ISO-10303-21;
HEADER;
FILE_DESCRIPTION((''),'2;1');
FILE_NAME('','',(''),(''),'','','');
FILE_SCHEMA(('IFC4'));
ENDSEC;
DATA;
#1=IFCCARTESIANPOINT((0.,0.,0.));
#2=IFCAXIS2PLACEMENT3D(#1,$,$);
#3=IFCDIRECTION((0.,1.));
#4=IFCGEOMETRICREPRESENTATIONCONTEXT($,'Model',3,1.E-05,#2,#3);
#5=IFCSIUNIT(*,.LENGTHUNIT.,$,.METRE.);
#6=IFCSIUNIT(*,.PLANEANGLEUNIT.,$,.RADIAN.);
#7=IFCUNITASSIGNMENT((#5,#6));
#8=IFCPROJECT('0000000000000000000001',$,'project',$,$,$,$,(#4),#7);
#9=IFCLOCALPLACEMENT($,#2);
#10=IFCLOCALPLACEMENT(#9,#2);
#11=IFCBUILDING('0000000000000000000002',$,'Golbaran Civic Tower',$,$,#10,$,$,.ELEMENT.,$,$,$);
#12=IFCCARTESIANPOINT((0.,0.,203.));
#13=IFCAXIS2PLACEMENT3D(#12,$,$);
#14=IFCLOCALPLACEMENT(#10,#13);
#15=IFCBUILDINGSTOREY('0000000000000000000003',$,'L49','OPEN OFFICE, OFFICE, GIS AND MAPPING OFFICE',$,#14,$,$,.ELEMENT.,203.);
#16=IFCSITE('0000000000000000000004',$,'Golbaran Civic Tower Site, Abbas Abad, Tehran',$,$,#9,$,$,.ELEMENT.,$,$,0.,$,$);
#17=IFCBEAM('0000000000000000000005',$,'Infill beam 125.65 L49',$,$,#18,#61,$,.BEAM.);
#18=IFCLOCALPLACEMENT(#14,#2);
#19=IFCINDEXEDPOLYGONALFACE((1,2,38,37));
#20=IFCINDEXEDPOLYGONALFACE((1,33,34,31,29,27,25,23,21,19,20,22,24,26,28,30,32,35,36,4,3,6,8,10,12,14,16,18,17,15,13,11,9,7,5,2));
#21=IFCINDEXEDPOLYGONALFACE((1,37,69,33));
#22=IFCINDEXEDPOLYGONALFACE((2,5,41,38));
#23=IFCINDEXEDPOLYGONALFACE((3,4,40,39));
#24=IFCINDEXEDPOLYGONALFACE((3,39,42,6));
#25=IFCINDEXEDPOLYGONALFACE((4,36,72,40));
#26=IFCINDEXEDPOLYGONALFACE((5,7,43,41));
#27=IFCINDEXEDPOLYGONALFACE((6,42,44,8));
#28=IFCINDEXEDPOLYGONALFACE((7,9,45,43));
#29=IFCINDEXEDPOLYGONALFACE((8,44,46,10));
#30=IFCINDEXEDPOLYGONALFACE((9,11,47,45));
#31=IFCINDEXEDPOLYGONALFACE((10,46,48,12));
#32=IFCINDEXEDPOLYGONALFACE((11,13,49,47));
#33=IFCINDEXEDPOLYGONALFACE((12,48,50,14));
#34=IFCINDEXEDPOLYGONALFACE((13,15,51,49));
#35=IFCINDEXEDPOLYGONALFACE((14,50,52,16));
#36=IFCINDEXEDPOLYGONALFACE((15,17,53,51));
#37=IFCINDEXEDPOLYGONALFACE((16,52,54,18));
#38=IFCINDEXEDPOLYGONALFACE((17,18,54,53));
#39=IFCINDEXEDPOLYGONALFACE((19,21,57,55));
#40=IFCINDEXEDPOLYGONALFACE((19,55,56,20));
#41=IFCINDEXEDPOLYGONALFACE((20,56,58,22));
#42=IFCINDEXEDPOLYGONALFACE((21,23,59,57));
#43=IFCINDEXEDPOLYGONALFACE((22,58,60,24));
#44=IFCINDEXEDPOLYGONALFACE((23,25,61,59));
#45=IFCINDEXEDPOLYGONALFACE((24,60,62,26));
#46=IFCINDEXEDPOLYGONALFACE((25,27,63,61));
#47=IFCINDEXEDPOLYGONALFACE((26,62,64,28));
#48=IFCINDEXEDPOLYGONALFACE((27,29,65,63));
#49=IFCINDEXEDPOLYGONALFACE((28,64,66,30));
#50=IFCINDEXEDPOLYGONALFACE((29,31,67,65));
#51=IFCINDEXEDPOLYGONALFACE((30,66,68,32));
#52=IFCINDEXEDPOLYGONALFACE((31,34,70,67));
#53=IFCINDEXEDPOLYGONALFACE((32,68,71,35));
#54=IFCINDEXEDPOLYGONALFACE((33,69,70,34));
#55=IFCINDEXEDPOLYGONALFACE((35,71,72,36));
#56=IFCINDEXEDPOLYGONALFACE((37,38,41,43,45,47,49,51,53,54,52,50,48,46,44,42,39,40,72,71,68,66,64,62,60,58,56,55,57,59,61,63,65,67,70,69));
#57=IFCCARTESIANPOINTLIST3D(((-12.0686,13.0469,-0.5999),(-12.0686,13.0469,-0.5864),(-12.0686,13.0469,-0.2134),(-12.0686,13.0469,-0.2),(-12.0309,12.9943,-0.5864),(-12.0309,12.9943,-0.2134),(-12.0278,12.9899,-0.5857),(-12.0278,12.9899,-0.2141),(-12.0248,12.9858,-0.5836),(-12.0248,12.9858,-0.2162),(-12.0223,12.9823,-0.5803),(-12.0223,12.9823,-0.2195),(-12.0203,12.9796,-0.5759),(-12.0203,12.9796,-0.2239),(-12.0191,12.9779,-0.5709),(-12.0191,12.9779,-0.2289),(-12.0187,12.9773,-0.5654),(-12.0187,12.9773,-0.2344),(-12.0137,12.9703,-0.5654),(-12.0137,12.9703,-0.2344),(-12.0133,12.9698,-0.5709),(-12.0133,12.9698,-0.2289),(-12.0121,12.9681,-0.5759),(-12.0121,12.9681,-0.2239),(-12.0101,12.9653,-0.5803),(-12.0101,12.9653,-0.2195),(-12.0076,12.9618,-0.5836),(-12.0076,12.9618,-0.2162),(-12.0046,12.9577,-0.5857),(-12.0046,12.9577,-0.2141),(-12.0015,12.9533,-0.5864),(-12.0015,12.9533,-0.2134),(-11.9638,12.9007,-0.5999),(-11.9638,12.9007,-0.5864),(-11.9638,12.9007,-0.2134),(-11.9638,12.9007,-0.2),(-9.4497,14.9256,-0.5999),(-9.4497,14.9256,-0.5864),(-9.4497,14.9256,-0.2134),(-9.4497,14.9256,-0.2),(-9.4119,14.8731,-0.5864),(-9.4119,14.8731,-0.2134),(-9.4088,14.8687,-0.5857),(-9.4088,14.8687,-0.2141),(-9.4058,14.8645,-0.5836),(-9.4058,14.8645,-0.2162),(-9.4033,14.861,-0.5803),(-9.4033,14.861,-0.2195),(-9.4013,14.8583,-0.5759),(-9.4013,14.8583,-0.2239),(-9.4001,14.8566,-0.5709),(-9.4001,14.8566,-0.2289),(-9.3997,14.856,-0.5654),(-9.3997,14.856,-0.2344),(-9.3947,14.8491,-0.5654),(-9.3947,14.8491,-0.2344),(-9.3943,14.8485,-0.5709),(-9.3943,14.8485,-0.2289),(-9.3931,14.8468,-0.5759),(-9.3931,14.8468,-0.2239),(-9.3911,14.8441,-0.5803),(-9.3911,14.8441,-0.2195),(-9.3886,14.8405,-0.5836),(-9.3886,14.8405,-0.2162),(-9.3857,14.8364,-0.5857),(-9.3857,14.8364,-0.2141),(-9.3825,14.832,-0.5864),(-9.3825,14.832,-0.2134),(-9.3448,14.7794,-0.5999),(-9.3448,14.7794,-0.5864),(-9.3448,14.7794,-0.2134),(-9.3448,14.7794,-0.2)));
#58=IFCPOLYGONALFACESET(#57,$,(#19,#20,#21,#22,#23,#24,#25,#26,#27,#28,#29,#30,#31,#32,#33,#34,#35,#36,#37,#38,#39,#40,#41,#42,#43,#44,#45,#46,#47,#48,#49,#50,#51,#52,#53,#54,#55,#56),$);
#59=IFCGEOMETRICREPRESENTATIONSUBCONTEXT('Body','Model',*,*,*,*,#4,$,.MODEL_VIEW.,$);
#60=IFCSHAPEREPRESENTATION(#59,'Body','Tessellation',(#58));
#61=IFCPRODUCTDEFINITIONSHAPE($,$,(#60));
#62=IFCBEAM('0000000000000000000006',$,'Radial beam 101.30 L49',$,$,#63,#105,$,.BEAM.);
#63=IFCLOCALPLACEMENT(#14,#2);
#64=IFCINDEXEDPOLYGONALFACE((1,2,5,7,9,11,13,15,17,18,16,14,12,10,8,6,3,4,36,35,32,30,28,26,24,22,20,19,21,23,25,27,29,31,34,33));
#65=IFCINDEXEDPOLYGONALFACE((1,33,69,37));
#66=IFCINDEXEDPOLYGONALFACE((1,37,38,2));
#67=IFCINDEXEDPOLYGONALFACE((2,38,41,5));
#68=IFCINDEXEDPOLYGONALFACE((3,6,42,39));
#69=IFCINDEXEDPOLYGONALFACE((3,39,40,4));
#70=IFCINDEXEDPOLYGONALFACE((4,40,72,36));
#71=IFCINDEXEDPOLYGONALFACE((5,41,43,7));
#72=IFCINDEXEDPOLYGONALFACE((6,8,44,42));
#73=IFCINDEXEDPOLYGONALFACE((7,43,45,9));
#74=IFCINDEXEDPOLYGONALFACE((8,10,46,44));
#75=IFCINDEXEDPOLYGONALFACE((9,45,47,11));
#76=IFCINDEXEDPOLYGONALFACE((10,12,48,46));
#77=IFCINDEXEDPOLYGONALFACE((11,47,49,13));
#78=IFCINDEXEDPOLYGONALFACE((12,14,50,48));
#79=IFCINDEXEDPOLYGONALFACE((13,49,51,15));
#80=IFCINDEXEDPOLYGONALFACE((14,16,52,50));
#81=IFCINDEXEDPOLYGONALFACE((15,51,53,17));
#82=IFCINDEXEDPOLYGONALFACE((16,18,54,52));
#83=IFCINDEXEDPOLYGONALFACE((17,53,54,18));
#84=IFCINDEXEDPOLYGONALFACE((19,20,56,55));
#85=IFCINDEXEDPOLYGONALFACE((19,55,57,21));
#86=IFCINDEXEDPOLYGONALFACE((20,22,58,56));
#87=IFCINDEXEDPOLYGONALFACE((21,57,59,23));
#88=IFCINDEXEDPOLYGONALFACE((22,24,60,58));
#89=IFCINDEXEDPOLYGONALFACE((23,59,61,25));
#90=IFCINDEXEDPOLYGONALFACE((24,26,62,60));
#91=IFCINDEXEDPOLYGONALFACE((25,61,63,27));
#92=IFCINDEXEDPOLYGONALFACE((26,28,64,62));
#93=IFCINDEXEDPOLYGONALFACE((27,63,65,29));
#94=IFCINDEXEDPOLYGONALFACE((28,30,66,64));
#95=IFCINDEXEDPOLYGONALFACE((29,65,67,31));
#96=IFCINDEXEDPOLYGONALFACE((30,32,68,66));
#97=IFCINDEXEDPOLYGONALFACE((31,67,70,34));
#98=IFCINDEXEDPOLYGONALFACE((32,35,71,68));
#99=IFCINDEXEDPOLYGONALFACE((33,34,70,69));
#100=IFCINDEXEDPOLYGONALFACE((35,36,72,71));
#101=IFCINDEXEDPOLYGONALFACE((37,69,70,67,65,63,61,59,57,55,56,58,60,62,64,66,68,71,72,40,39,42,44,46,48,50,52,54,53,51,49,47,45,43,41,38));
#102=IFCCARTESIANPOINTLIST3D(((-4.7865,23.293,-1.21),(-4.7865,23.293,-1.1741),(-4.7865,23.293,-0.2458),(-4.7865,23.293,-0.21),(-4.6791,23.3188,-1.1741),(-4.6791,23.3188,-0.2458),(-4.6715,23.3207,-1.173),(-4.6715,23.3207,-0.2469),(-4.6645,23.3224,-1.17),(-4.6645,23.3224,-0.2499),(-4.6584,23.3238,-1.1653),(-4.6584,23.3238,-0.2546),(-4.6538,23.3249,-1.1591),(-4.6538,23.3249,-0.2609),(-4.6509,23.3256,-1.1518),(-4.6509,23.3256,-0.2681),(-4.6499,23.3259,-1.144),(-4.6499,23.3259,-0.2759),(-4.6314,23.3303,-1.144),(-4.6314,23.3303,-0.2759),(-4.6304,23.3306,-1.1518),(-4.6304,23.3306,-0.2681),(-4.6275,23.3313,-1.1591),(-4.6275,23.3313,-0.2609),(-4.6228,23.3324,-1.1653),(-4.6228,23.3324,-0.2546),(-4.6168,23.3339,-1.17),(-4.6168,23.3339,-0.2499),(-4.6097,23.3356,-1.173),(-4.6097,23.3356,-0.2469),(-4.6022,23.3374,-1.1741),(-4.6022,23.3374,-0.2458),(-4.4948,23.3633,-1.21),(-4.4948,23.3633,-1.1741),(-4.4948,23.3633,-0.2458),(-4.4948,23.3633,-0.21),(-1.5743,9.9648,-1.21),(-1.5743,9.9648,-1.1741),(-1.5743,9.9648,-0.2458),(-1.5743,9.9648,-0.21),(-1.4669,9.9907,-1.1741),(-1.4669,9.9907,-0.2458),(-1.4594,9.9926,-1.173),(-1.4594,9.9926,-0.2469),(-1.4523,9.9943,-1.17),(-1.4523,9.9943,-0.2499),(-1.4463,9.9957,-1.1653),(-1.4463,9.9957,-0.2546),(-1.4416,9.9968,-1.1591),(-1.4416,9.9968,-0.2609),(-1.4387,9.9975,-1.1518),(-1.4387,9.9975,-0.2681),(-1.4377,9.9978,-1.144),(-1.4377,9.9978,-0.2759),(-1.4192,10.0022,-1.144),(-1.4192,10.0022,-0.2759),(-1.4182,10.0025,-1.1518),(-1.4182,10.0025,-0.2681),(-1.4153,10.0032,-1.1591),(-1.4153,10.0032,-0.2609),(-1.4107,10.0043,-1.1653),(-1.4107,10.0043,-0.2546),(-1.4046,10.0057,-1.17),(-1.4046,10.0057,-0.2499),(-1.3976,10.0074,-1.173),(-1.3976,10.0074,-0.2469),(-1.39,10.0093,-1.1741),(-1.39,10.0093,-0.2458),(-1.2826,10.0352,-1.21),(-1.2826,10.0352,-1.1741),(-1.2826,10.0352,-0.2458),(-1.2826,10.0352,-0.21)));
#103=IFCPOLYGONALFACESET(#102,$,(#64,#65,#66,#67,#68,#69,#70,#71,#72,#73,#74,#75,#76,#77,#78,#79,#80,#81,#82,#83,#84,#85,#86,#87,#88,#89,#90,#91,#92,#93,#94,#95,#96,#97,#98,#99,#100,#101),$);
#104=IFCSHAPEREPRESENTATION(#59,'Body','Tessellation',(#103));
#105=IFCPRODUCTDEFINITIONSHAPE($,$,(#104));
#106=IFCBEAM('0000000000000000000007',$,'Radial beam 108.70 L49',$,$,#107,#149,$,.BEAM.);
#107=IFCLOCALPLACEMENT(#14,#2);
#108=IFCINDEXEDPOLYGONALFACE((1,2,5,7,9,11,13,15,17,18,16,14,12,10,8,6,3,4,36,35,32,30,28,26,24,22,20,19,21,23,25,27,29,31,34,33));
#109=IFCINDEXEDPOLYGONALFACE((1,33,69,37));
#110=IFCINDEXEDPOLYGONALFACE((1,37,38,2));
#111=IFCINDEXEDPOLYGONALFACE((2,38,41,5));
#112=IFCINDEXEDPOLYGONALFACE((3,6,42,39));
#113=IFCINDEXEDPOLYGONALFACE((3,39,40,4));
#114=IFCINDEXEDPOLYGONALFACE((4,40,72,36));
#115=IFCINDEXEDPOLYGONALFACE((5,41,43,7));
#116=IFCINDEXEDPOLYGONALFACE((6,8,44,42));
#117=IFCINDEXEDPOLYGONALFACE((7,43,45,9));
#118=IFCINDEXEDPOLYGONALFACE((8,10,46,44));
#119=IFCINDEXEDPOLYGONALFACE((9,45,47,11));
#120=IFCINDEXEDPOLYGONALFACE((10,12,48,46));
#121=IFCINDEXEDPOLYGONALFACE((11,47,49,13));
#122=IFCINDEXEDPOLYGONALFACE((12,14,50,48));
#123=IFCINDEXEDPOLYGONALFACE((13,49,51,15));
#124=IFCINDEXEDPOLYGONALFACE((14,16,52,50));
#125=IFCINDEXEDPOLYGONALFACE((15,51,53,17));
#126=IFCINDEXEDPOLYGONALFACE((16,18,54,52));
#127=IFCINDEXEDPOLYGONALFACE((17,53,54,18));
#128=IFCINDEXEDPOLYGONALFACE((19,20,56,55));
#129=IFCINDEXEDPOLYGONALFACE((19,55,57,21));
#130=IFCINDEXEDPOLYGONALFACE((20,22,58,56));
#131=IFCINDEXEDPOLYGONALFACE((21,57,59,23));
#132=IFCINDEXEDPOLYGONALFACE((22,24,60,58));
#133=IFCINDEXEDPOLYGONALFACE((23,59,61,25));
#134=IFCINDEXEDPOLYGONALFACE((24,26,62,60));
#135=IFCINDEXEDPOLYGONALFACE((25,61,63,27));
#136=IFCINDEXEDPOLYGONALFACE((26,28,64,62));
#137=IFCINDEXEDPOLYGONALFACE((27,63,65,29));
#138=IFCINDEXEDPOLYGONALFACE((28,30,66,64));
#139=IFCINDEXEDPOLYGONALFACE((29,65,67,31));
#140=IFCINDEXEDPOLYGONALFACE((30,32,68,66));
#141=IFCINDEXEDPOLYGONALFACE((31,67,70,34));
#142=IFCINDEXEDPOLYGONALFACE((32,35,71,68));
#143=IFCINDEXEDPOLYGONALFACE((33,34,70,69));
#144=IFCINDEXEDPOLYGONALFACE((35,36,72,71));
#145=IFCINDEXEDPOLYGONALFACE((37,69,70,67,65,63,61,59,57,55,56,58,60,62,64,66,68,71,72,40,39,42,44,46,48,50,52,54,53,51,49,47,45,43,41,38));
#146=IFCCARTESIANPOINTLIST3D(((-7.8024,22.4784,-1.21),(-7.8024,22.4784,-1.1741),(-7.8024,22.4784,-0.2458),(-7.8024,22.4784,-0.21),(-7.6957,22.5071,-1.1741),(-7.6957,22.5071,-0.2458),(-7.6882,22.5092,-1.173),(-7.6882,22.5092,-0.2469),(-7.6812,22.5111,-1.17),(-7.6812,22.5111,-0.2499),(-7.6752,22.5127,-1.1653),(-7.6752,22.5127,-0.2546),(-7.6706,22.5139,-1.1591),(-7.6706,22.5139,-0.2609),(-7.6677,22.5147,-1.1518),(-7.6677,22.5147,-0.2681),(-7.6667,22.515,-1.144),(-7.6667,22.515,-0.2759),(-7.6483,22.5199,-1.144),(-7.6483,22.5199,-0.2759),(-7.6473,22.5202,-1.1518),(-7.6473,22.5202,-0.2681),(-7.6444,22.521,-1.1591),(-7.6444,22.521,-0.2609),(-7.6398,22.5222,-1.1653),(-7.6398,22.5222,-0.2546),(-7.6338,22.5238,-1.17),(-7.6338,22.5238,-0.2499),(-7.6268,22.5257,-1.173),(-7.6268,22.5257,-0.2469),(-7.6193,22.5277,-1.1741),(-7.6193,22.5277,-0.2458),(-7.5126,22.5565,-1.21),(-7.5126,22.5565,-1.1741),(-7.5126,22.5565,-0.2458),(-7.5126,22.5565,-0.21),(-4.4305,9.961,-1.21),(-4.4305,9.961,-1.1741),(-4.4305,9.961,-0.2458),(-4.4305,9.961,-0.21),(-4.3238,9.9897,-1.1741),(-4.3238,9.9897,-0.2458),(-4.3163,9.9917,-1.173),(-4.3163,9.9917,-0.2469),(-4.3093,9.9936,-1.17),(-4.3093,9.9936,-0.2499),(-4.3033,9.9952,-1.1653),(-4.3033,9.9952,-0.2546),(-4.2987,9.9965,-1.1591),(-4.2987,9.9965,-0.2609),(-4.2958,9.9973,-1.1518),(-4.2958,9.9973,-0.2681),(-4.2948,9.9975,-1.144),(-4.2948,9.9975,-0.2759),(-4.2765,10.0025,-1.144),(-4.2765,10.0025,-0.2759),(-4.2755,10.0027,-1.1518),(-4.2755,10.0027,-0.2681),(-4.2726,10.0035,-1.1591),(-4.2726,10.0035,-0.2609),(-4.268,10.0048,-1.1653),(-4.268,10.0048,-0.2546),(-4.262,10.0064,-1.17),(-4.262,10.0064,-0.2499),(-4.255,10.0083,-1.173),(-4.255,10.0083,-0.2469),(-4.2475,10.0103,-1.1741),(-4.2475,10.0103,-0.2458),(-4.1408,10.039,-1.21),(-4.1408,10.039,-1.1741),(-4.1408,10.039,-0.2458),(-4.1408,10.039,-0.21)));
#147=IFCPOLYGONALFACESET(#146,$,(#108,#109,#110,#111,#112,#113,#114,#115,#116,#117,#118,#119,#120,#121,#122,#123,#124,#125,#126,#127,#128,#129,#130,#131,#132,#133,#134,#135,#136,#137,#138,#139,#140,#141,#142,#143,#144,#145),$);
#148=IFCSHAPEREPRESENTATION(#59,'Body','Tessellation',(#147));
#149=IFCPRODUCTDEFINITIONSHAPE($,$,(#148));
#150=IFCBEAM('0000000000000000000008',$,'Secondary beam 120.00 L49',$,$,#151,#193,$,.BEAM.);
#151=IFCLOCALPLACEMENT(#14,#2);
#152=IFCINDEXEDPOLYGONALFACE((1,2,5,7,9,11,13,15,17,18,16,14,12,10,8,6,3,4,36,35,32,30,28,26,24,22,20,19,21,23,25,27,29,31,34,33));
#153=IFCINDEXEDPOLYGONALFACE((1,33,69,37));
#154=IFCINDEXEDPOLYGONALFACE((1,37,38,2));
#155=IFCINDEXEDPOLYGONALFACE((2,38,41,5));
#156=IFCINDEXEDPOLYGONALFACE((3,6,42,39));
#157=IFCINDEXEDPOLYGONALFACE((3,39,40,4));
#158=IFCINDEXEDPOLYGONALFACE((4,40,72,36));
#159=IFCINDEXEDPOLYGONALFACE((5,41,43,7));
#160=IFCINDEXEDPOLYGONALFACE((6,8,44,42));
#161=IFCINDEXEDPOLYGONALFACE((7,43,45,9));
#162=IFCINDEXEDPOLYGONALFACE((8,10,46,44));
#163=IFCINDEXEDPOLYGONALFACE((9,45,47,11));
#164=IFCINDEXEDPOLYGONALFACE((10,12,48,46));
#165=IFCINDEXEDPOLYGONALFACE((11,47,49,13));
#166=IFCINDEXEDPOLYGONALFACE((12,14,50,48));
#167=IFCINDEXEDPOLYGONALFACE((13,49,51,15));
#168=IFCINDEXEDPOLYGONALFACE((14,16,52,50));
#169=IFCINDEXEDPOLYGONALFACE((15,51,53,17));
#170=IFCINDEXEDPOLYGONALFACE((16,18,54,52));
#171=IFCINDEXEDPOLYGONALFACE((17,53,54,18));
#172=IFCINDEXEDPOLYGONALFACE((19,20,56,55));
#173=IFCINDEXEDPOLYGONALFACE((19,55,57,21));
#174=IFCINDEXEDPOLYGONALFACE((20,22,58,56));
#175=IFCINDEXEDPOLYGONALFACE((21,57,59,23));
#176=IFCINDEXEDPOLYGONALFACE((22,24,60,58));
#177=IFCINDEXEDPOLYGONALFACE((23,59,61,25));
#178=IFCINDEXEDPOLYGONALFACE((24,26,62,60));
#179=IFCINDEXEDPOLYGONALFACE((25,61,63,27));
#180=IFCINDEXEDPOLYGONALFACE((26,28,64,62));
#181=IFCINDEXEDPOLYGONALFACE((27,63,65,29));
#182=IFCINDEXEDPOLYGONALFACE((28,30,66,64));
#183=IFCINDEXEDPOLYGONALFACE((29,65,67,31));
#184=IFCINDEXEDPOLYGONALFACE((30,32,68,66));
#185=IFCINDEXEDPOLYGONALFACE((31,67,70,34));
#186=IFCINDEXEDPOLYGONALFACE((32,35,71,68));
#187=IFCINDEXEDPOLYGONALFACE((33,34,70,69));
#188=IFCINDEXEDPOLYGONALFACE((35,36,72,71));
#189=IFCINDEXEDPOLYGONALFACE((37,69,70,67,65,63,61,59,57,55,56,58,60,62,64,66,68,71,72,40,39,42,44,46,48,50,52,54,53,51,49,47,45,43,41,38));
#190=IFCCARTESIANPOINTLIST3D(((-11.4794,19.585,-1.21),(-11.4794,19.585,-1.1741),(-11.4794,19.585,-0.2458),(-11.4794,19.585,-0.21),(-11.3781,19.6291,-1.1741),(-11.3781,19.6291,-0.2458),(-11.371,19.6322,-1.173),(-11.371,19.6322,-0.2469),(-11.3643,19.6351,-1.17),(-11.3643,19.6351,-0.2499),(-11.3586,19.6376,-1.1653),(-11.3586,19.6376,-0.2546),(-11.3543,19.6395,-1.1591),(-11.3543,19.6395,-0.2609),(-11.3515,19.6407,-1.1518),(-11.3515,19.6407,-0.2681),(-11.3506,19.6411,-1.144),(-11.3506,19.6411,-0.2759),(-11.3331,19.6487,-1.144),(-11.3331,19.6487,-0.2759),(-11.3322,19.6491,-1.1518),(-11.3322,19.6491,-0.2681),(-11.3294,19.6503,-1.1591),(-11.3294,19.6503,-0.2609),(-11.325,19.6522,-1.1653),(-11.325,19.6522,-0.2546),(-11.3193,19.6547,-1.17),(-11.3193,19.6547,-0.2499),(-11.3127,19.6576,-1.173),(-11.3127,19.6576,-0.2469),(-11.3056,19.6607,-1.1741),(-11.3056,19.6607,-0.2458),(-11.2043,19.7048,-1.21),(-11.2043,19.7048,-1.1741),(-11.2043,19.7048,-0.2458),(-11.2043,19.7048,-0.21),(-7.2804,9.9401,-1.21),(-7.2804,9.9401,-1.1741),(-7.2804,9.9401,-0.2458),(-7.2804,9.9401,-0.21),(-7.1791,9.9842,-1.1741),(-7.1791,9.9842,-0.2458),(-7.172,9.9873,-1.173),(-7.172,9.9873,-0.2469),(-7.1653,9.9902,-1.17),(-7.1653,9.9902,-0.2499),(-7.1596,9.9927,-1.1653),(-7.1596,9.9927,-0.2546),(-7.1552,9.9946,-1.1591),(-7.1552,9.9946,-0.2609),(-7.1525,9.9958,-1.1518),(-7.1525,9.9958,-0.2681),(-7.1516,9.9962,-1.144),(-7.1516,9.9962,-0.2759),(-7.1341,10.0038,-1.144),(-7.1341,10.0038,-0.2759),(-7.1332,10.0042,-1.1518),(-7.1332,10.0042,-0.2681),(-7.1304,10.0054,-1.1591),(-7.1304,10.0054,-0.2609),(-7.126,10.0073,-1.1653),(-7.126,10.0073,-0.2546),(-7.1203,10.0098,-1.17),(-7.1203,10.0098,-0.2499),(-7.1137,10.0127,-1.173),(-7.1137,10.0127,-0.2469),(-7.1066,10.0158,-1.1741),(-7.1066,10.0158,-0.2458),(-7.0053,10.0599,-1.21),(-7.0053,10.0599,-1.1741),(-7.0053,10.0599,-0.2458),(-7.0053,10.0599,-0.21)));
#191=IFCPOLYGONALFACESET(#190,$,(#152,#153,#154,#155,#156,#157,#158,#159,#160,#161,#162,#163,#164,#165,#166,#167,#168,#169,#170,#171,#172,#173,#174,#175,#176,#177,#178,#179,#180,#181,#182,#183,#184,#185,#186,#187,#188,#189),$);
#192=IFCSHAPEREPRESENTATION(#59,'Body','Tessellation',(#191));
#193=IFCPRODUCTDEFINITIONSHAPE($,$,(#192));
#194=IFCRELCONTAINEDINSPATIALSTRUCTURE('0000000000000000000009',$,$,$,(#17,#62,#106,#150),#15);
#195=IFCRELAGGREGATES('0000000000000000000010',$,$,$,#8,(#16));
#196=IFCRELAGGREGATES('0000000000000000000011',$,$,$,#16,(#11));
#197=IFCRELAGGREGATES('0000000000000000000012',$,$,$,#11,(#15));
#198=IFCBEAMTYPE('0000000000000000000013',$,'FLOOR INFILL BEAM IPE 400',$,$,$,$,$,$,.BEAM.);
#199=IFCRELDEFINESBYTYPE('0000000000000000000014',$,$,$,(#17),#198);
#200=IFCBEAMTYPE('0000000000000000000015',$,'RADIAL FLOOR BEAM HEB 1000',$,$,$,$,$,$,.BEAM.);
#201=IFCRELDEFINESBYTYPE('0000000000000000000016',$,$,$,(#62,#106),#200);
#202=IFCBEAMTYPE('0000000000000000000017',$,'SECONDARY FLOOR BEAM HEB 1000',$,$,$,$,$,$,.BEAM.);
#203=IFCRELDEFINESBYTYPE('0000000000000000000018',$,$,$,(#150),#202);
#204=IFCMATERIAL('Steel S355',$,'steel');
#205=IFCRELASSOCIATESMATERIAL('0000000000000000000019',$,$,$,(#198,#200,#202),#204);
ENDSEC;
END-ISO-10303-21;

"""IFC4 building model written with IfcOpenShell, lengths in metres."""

from ifc_helpers import new_model, si_unit, direction, frame, origin, origin_2d, place, context, subcontext, project, spatial, i_section, extrude, material, material_profile, profile_set, type_object, element, save


model = new_model("IFC4")

# Units and contexts
model_context = context("Model", 3, precision=1e-05, world=origin(), true_north=direction((0.0, 1.0)))
body_context = subcontext(model_context, "Body", "Model", "MODEL_VIEW")
ifc_project = project(units=[si_unit("LENGTHUNIT", "METRE"), si_unit("PLANEANGLEUNIT", "RADIAN")], contexts=[model_context])

# Site, building, storey
site_placement = place(None, origin())
site = spatial("IfcSite", under=ifc_project, at=site_placement, Name="Golbaran Civic Tower Site, Abbas Abad, Tehran", CompositionType="ELEMENT", RefElevation=0.0)
building_placement = place(site_placement, origin())
building = spatial("IfcBuilding", under=site, at=building_placement, Name="Golbaran Civic Tower", CompositionType="ELEMENT")
storey_placement = place(building_placement, frame((0.0, 0.0, 203.0)))
storey = spatial("IfcBuildingStorey", under=building, at=storey_placement, Name="L49", Description="OPEN OFFICE, OFFICE, GIS AND MAPPING OFFICE", CompositionType="ELEMENT", Elevation=203.0)

# Beams
ifc_material_1 = material(Name="Steel S355", Category="steel")
ifc_material_profile_1 = material_profile(ifc_material_1, i_section(OverallWidth=0.1799, OverallDepth=0.3999, WebThickness=0.0085, FlangeThickness=0.0134, FilletRadius=0.021, at=origin_2d()), Name="IPE 400")
ifc_profile_set_1 = profile_set([ifc_material_profile_1], Name="Steel S355")
beam_type_1 = type_object("IfcBeamType", Name="FLOOR INFILL BEAM IPE 400", PredefinedType="BEAM", material=ifc_profile_set_1)
beam_1_placement = place(storey_placement, frame((-9.3972, 14.8525, -0.3999), z_axis=(-0.812555, -0.582885, 0.0), x_axis=(0.582885, -0.812555, 0.0)))
element("IfcBeam", 1, at=beam_1_placement, inside=storey, type_object=beam_type_1, Name="Infill beam 125.65 L49", PredefinedType="BEAM", context=body_context, shape_type="SweptSolid", body=[
    extrude(i_section(OverallWidth=0.1799, OverallDepth=0.3999, WebThickness=0.0085, FlangeThickness=0.0134, FilletRadius=0.021, at=origin_2d()), origin(), (0.0, 0.0, 1.0), 3.2231),
])
ifc_material_profile_2 = material_profile(ifc_material_1, i_section(OverallWidth=0.3, OverallDepth=1.0, WebThickness=0.019, FlangeThickness=0.0359, FilletRadius=0.03, at=origin_2d()), Name="HEB 1000")
ifc_profile_set_2 = profile_set([ifc_material_profile_2], Name="Steel S355")
beam_type_2 = type_object("IfcBeamType", Name="RADIAL FLOOR BEAM HEB 1000", PredefinedType="BEAM", material=ifc_profile_set_2)
beam_2_placement = place(storey_placement, frame((-1.4285, 10.0, -0.71), z_axis=(-0.234298, 0.972165, 0.0), x_axis=(-0.972165, -0.234298, 0.0)))
element("IfcBeam", 2, at=beam_2_placement, inside=storey, type_object=beam_type_2, Name="Radial beam 101.30 L49", PredefinedType="BEAM", context=body_context, shape_type="SweptSolid", body=[
    extrude(i_section(OverallWidth=0.3, OverallDepth=1.0, WebThickness=0.019, FlangeThickness=0.0359, FilletRadius=0.03, at=origin_2d()), origin(), (0.0, 0.0, 1.0), 13.7097),
])
beam_3_placement = place(storey_placement, frame((-4.2856, 10.0, -0.71), z_axis=(-0.260101, 0.965581, 0.0), x_axis=(-0.965581, -0.260101, 0.0)))
element("IfcBeam", 3, at=beam_3_placement, inside=storey, type_object=beam_type_2, Name="Radial beam 108.70 L49", PredefinedType="BEAM", context=body_context, shape_type="SweptSolid", body=[
    extrude(i_section(OverallWidth=0.3, OverallDepth=1.0, WebThickness=0.019, FlangeThickness=0.0359, FilletRadius=0.03, at=origin_2d()), origin(), (0.0, 0.0, 1.0), 12.9636),
])
ifc_material_profile_3 = material_profile(ifc_material_1, i_section(OverallWidth=0.3, OverallDepth=1.0, WebThickness=0.019, FlangeThickness=0.0359, FilletRadius=0.03, at=origin_2d()), Name="HEB 1000")
ifc_profile_set_3 = profile_set([ifc_material_profile_3], Name="Steel S355")
beam_type_3 = type_object("IfcBeamType", Name="SECONDARY FLOOR BEAM HEB 1000", PredefinedType="BEAM", material=ifc_profile_set_3)
beam_4_placement = place(storey_placement, frame((-7.1428, 10.0, -0.71), z_axis=(-0.399173, 0.916875, 0.0), x_axis=(-0.916875, -0.399173, 0.0)))
element("IfcBeam", 4, at=beam_4_placement, inside=storey, type_object=beam_type_3, Name="Secondary beam 120.00 L49", PredefinedType="BEAM", context=body_context, shape_type="SweptSolid", body=[
    extrude(i_section(OverallWidth=0.3, OverallDepth=1.0, WebThickness=0.019, FlangeThickness=0.0359, FilletRadius=0.03, at=origin_2d()), origin(), (0.0, 0.0, 1.0), 10.5193),
])

save(model, "model.ifc")
